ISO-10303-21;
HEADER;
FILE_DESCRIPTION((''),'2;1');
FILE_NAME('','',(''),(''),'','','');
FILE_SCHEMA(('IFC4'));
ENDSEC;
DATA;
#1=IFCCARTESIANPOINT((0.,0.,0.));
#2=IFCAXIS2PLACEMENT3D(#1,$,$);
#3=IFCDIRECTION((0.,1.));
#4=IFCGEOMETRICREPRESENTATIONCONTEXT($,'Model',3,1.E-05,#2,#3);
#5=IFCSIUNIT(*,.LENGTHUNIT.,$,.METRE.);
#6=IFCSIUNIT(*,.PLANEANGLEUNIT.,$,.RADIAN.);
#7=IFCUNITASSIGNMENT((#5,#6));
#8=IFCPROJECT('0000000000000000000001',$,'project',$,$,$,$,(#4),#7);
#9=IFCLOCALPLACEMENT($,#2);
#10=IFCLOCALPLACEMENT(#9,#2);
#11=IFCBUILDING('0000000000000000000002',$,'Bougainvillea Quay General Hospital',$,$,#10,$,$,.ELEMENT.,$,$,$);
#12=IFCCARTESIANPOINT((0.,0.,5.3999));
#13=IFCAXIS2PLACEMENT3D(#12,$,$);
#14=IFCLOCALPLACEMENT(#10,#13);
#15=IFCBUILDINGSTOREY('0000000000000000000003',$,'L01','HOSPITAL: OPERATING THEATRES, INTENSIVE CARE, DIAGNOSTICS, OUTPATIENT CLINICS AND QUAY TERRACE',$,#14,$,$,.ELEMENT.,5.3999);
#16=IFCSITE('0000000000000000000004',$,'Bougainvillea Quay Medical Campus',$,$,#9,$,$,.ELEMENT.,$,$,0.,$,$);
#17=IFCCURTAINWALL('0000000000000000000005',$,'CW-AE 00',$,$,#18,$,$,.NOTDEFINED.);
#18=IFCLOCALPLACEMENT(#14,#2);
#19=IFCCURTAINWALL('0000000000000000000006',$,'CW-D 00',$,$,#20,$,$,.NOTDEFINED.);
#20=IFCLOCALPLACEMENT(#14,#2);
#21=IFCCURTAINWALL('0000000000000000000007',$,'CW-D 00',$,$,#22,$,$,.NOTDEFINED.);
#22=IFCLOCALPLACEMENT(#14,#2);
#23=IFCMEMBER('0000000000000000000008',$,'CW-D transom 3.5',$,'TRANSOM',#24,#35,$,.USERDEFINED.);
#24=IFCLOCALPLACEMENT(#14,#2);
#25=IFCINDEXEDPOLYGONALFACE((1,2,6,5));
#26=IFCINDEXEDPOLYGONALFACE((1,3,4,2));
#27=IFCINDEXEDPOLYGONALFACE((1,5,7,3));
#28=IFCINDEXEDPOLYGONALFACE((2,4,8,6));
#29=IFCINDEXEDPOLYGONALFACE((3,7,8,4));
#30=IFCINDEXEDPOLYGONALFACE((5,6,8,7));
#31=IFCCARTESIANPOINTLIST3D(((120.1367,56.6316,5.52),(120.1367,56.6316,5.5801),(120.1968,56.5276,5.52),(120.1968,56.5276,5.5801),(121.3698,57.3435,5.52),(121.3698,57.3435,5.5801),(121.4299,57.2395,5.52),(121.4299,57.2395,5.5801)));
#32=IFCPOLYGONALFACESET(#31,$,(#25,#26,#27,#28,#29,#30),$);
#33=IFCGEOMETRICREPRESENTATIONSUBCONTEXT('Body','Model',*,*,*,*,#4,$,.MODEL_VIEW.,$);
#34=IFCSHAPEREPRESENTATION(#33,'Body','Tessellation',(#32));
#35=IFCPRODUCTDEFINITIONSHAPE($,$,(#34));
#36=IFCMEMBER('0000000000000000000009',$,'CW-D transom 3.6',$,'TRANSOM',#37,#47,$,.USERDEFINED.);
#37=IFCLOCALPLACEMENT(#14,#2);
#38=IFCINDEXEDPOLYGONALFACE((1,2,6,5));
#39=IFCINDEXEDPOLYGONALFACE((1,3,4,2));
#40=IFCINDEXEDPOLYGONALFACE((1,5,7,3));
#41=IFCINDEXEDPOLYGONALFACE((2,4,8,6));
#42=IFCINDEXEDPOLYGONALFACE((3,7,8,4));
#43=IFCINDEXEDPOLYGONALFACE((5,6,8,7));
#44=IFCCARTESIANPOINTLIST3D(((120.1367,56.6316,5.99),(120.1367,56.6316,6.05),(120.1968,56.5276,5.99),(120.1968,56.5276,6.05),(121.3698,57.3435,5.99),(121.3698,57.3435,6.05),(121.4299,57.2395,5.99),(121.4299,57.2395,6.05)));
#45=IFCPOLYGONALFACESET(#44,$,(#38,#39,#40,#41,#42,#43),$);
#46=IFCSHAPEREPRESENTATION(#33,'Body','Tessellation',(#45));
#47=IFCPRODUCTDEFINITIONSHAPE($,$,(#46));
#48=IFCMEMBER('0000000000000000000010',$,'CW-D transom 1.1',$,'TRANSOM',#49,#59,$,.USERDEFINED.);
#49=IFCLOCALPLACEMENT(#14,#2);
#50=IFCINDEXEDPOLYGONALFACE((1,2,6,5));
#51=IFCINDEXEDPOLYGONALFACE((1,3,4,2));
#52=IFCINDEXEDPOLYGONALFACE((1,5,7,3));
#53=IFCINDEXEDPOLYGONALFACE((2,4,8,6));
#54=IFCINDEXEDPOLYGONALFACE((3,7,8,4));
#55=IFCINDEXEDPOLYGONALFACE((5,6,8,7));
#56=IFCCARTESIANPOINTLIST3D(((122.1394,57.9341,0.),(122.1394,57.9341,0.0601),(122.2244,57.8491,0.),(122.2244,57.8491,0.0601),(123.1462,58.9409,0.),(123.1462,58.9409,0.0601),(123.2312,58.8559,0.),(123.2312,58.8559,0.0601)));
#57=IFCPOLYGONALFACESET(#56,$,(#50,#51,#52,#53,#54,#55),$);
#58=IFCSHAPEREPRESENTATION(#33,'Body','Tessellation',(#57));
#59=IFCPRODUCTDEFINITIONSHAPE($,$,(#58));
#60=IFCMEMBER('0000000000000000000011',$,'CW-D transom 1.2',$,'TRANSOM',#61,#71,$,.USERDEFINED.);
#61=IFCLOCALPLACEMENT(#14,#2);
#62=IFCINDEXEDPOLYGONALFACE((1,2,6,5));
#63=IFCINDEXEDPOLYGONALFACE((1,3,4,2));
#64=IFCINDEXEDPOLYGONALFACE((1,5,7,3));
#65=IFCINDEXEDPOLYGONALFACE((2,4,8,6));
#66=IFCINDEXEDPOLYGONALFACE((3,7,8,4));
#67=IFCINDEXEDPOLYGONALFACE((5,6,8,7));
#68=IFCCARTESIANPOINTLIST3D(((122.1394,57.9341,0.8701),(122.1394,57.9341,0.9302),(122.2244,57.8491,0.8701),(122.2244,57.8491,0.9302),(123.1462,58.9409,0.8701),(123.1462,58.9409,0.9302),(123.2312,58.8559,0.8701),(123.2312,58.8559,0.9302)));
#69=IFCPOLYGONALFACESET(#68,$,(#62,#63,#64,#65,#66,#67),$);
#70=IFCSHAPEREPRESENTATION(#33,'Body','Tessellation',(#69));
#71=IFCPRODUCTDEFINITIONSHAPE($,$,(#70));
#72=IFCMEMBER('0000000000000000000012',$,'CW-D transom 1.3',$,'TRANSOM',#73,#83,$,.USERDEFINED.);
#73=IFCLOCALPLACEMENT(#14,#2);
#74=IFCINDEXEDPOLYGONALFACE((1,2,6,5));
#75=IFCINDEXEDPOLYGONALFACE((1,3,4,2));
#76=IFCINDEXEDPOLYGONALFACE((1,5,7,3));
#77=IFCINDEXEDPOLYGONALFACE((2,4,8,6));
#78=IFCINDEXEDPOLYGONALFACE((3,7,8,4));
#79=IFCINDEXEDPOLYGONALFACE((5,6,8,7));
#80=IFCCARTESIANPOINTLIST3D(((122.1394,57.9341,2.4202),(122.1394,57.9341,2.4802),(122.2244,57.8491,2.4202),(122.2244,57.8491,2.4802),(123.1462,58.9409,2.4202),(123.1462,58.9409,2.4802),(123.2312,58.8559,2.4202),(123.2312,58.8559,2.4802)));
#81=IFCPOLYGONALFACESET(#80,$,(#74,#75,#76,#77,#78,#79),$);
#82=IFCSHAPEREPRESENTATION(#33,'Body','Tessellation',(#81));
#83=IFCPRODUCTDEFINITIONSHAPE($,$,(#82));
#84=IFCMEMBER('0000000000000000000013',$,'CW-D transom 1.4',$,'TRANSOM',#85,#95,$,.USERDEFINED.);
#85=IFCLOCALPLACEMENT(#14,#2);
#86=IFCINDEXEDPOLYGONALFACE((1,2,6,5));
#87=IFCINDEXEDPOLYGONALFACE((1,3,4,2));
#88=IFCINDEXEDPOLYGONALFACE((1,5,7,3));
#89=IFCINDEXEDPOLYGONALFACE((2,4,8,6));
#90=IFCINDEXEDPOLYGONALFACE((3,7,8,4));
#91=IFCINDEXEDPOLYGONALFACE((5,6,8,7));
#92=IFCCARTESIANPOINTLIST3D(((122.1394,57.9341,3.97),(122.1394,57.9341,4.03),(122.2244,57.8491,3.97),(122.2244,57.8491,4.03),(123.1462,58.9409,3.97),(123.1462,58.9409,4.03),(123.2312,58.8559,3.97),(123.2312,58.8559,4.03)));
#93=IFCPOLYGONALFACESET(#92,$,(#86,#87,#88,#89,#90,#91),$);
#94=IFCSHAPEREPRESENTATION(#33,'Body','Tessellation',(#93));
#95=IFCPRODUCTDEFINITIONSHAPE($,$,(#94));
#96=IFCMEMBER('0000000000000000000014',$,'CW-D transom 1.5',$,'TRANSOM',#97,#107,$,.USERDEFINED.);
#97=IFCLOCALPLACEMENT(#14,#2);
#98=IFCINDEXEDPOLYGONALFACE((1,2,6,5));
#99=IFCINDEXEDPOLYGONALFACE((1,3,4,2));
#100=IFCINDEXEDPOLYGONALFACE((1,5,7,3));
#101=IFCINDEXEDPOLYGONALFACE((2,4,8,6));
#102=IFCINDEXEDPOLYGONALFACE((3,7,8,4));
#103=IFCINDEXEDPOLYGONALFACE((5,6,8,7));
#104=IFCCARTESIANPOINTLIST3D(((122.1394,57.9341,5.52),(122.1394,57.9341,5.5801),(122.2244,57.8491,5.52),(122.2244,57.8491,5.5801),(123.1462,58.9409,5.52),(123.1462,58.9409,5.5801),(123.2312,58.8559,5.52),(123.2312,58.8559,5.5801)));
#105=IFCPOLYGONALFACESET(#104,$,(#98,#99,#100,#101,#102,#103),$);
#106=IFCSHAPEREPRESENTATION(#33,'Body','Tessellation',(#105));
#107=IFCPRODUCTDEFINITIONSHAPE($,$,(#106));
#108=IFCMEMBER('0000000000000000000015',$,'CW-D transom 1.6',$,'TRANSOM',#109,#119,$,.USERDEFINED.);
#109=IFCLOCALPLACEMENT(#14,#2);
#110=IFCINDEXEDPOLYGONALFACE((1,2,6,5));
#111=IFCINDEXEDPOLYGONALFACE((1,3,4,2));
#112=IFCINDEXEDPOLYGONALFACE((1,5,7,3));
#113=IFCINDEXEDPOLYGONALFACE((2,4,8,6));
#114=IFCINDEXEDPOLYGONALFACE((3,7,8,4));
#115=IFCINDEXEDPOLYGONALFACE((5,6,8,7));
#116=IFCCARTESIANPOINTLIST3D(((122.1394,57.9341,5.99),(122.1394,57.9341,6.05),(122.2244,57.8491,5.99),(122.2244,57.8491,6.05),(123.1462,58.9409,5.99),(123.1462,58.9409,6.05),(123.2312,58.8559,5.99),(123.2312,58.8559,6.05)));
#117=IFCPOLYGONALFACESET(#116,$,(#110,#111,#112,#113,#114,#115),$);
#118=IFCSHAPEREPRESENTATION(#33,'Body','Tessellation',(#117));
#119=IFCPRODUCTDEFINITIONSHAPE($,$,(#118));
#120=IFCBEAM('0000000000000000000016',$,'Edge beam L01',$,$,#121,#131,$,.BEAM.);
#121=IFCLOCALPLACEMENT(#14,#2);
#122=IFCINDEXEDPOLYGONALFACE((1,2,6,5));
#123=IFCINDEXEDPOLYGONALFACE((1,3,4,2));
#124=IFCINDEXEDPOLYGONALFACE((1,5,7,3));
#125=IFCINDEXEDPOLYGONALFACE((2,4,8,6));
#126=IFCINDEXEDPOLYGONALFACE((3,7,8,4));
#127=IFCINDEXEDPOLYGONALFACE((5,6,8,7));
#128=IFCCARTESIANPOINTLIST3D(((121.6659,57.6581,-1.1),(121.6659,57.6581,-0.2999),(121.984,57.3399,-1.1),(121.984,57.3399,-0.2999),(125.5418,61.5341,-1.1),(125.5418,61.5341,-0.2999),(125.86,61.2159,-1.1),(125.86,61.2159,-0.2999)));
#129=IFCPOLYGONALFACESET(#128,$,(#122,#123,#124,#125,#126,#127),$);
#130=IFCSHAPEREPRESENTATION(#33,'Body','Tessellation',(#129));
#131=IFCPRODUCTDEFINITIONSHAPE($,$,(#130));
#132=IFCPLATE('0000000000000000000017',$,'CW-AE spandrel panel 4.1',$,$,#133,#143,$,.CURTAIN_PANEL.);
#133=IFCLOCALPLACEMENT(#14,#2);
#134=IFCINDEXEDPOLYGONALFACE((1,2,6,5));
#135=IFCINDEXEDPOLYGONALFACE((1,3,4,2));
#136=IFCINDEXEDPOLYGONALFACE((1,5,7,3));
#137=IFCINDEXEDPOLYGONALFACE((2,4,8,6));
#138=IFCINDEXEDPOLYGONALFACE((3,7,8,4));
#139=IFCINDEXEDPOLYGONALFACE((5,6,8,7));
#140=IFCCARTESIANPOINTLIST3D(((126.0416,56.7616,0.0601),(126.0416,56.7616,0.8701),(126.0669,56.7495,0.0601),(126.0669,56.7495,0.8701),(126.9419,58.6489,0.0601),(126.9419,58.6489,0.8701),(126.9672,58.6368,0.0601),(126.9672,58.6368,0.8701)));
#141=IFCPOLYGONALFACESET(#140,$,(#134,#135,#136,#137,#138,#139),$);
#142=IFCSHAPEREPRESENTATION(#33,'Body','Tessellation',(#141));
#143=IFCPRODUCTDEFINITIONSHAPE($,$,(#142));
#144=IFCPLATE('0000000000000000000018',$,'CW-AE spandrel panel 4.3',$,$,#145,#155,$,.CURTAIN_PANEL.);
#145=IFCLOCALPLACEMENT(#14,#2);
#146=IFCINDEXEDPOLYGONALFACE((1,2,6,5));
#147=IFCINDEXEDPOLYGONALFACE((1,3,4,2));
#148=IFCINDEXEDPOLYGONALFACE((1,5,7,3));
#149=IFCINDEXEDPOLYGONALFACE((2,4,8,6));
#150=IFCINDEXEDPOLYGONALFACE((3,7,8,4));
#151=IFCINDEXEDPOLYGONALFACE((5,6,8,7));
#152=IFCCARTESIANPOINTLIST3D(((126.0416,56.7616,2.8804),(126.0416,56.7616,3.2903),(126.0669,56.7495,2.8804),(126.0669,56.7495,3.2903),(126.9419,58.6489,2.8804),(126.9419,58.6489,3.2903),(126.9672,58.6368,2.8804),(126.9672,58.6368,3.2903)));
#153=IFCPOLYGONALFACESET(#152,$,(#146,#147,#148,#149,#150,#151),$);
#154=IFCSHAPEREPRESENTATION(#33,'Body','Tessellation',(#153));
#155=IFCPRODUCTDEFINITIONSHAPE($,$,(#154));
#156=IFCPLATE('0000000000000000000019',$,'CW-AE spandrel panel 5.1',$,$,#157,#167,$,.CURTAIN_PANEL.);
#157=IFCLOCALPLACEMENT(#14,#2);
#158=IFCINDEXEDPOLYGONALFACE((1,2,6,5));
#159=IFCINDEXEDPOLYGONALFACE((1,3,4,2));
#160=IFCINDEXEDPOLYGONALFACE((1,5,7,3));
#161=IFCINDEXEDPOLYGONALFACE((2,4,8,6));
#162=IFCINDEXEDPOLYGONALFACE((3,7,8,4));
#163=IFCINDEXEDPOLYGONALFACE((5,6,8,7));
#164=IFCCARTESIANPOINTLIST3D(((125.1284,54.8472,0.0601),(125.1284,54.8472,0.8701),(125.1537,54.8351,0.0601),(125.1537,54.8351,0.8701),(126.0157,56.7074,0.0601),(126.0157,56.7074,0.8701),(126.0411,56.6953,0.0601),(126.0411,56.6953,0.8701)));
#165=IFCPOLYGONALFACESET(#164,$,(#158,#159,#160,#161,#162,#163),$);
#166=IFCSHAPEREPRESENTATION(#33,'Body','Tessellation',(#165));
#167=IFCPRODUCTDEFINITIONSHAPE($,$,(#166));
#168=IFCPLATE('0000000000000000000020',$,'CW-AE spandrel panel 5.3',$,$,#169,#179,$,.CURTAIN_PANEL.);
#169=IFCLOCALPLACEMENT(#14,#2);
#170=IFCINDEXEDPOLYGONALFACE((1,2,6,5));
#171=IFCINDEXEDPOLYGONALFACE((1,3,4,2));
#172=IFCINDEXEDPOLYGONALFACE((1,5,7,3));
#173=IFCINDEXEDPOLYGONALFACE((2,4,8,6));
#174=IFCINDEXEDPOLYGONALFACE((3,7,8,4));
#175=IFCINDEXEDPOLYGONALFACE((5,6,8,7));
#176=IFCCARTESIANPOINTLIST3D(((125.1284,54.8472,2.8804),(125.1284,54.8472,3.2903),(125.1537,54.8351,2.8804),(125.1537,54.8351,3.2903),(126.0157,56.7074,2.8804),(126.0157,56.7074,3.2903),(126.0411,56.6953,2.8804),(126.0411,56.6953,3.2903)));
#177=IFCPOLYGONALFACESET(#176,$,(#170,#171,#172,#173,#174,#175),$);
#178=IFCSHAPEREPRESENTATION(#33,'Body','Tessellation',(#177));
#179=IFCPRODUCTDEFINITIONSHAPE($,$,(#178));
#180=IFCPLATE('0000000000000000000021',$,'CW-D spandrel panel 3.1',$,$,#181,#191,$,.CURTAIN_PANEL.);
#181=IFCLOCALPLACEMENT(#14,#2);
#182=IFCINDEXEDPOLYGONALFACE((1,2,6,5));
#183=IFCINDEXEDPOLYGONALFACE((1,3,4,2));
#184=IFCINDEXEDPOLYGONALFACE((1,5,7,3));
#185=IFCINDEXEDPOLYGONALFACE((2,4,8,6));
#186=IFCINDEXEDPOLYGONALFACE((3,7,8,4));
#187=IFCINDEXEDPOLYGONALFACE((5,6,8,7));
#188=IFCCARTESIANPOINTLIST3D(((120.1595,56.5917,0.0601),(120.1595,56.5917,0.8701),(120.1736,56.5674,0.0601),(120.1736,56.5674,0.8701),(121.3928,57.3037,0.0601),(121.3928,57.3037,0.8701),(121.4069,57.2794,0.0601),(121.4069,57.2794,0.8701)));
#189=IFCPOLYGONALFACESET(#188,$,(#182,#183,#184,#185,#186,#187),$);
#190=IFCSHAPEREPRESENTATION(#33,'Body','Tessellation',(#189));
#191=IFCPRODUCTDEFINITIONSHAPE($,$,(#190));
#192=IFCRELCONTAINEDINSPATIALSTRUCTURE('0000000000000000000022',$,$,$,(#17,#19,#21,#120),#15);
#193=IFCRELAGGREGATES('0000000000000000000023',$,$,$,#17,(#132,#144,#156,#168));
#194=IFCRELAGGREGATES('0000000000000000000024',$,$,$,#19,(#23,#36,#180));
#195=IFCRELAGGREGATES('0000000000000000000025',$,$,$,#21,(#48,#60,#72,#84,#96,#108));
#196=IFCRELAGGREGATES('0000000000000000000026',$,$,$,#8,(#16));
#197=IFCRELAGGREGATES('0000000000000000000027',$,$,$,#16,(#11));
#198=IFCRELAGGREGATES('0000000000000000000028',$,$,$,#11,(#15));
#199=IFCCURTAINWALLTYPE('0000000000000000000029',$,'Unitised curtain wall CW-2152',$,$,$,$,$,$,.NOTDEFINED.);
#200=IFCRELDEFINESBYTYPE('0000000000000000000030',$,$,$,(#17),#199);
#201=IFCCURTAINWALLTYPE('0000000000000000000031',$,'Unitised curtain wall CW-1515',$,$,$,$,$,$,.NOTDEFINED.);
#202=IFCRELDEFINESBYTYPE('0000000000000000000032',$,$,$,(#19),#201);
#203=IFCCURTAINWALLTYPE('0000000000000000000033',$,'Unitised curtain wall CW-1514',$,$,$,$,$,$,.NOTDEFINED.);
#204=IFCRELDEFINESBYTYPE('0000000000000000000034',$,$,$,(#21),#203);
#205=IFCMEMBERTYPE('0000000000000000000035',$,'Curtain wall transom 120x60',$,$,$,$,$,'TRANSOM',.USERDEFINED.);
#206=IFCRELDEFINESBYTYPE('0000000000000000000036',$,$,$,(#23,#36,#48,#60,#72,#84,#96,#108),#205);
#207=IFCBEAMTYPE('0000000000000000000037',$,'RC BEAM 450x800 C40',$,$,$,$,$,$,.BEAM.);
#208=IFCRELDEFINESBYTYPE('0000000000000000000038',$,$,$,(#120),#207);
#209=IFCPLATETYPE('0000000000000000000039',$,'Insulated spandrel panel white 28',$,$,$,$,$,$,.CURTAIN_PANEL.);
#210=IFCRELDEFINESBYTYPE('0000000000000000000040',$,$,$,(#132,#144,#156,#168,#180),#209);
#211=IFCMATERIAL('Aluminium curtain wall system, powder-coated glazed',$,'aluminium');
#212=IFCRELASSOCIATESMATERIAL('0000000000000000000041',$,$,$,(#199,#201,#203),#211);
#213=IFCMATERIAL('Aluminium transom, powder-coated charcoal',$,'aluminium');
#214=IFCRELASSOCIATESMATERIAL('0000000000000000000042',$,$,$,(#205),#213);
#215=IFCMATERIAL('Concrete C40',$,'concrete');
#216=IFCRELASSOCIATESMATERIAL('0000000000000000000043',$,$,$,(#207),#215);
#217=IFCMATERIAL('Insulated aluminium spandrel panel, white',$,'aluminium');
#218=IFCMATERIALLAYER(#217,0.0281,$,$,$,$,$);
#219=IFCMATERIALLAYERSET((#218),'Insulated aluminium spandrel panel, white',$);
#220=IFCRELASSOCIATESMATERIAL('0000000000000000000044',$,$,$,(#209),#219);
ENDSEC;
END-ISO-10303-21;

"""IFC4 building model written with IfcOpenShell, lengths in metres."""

from ifc_helpers import new_model, si_unit, direction, frame, origin, origin_2d, place, context, subcontext, project, spatial, rectangle, extrude, material, layer, layer_set, material_profile, profile_set, type_object, element, aggregate, save


model = new_model("IFC4")

# Units and contexts
model_context = context("Model", 3, precision=1e-05, world=origin(), true_north=direction((0.0, 1.0)))
body_context = subcontext(model_context, "Body", "Model", "MODEL_VIEW")
ifc_project = project(units=[si_unit("LENGTHUNIT", "METRE"), si_unit("PLANEANGLEUNIT", "RADIAN")], contexts=[model_context])

# Site, building, storey
site_placement = place(None, origin())
site = spatial("IfcSite", under=ifc_project, at=site_placement, Name="Bougainvillea Quay Medical Campus", CompositionType="ELEMENT", RefElevation=0.0)
building_placement = place(site_placement, origin())
building = spatial("IfcBuilding", under=site, at=building_placement, Name="Bougainvillea Quay General Hospital", CompositionType="ELEMENT")
storey_placement = place(building_placement, frame((0.0, 0.0, 5.3999)))
storey = spatial("IfcBuildingStorey", under=building, at=storey_placement, Name="L01", Description="HOSPITAL: OPERATING THEATRES, INTENSIVE CARE, DIAGNOSTICS, OUTPATIENT CLINICS AND QUAY TERRACE", CompositionType="ELEMENT", Elevation=5.3999)

# Curtain wall
ifc_material_1 = material(Name="Aluminium curtain wall system, powder-coated glazed", Category="aluminium")
curtain_wall_type_1 = type_object("IfcCurtainWallType", Name="Unitised curtain wall CW-2152", PredefinedType="NOTDEFINED", material=ifc_material_1)
curtain_wall_1_placement = place(storey_placement, origin())
curtain_wall_1 = element("IfcCurtainWall", 1, at=curtain_wall_1_placement, inside=storey, type_object=curtain_wall_type_1, Name="CW-AE 00", PredefinedType="NOTDEFINED")

# Curtain walls
curtain_wall_type_2 = type_object("IfcCurtainWallType", Name="Unitised curtain wall CW-1515", PredefinedType="NOTDEFINED", material=ifc_material_1)
curtain_wall_2_placement = place(storey_placement, origin())
curtain_wall_2 = element("IfcCurtainWall", 2, at=curtain_wall_2_placement, inside=storey, type_object=curtain_wall_type_2, Name="CW-D 00", PredefinedType="NOTDEFINED")
curtain_wall_type_3 = type_object("IfcCurtainWallType", Name="Unitised curtain wall CW-1514", PredefinedType="NOTDEFINED", material=ifc_material_1)
curtain_wall_3_placement = place(storey_placement, origin())
curtain_wall_3 = element("IfcCurtainWall", 3, at=curtain_wall_3_placement, inside=storey, type_object=curtain_wall_type_3, Name="CW-D 00", PredefinedType="NOTDEFINED")

# Members
ifc_material_2 = material(Name="Aluminium transom, powder-coated charcoal", Category="aluminium")
ifc_material_profile_1 = material_profile(ifc_material_2, rectangle(XDim=0.1201, YDim=0.0601, at=origin_2d()))
ifc_profile_set_1 = profile_set([ifc_material_profile_1], Name="Aluminium transom, powder-coated charcoal")
member_type_1 = type_object("IfcMemberType", Name="Curtain wall transom 120x60", ElementType="TRANSOM", PredefinedType="USERDEFINED", material=ifc_profile_set_1)
member_1_placement = place(storey_placement, frame((120.1667, 56.5796, 5.55), z_axis=(0.86604, 0.499975, 0.0), x_axis=(-0.499975, 0.86604, 0.0)))
member_1 = element("IfcMember", 4, at=member_1_placement, type_object=member_type_1, Name="CW-D transom 3.5", ObjectType="TRANSOM", PredefinedType="USERDEFINED", context=body_context, shape_type="SweptSolid", body=[
    extrude(rectangle(XDim=0.1201, YDim=0.0601, at=origin_2d()), origin(), (0.0, 0.0, 1.0), 1.4238),
])
member_2_placement = place(storey_placement, frame((120.1667, 56.5796, 6.02), z_axis=(0.86604, 0.499975, 0.0), x_axis=(-0.499975, 0.86604, 0.0)))
member_2 = element("IfcMember", 5, at=member_2_placement, type_object=member_type_1, Name="CW-D transom 3.6", ObjectType="TRANSOM", PredefinedType="USERDEFINED", context=body_context, shape_type="SweptSolid", body=[
    extrude(rectangle(XDim=0.1201, YDim=0.0601, at=origin_2d()), origin(), (0.0, 0.0, 1.0), 1.4238),
])
member_3_placement = place(storey_placement, frame((122.1819, 57.8916, 0.03), z_axis=(0.707107, 0.707107, 0.0), x_axis=(-0.707107, 0.707107, 0.0)))
member_3 = element("IfcMember", 6, at=member_3_placement, type_object=member_type_1, Name="CW-D transom 1.1", ObjectType="TRANSOM", PredefinedType="USERDEFINED", context=body_context, shape_type="SweptSolid", body=[
    extrude(rectangle(XDim=0.1201, YDim=0.0601, at=origin_2d()), origin(), (0.0, 0.0, 1.0), 1.4238),
])
member_4_placement = place(storey_placement, frame((122.1819, 57.8916, 0.9001), z_axis=(0.707107, 0.707107, 0.0), x_axis=(-0.707107, 0.707107, 0.0)))
member_4 = element("IfcMember", 7, at=member_4_placement, type_object=member_type_1, Name="CW-D transom 1.2", ObjectType="TRANSOM", PredefinedType="USERDEFINED", context=body_context, shape_type="SweptSolid", body=[
    extrude(rectangle(XDim=0.1201, YDim=0.0601, at=origin_2d()), origin(), (0.0, 0.0, 1.0), 1.4238),
])
member_5_placement = place(storey_placement, frame((122.1819, 57.8916, 2.4502), z_axis=(0.707107, 0.707107, 0.0), x_axis=(-0.707107, 0.707107, 0.0)))
member_5 = element("IfcMember", 8, at=member_5_placement, type_object=member_type_1, Name="CW-D transom 1.3", ObjectType="TRANSOM", PredefinedType="USERDEFINED", context=body_context, shape_type="SweptSolid", body=[
    extrude(rectangle(XDim=0.1201, YDim=0.0601, at=origin_2d()), origin(), (0.0, 0.0, 1.0), 1.4238),
])
member_6_placement = place(storey_placement, frame((122.1819, 57.8916, 4.0), z_axis=(0.707107, 0.707107, 0.0), x_axis=(-0.707107, 0.707107, 0.0)))
member_6 = element("IfcMember", 9, at=member_6_placement, type_object=member_type_1, Name="CW-D transom 1.4", ObjectType="TRANSOM", PredefinedType="USERDEFINED", context=body_context, shape_type="SweptSolid", body=[
    extrude(rectangle(XDim=0.1201, YDim=0.0601, at=origin_2d()), origin(), (0.0, 0.0, 1.0), 1.4238),
])
member_7_placement = place(storey_placement, frame((122.1819, 57.8916, 5.55), z_axis=(0.707107, 0.707107, 0.0), x_axis=(-0.707107, 0.707107, 0.0)))
member_7 = element("IfcMember", 10, at=member_7_placement, type_object=member_type_1, Name="CW-D transom 1.5", ObjectType="TRANSOM", PredefinedType="USERDEFINED", context=body_context, shape_type="SweptSolid", body=[
    extrude(rectangle(XDim=0.1201, YDim=0.0601, at=origin_2d()), origin(), (0.0, 0.0, 1.0), 1.4238),
])
member_8_placement = place(storey_placement, frame((122.1819, 57.8916, 6.02), z_axis=(0.707107, 0.707107, 0.0), x_axis=(-0.707107, 0.707107, 0.0)))
member_8 = element("IfcMember", 11, at=member_8_placement, type_object=member_type_1, Name="CW-D transom 1.6", ObjectType="TRANSOM", PredefinedType="USERDEFINED", context=body_context, shape_type="SweptSolid", body=[
    extrude(rectangle(XDim=0.1201, YDim=0.0601, at=origin_2d()), origin(), (0.0, 0.0, 1.0), 1.4238),
])

# Beam
ifc_material_3 = material(Name="Concrete C40", Category="concrete")
ifc_material_profile_2 = material_profile(ifc_material_3, rectangle(XDim=0.45, YDim=0.8, at=origin_2d()))
ifc_profile_set_2 = profile_set([ifc_material_profile_2], Name="Concrete C40")
beam_type = type_object("IfcBeamType", Name="RC BEAM 450x800 C40", PredefinedType="BEAM", material=ifc_profile_set_2)
beam_placement = place(storey_placement, frame((121.825, 57.499, -0.7), z_axis=(0.707107, 0.707107, 0.0), x_axis=(-0.707107, 0.707107, 0.0)))
element("IfcBeam", 12, at=beam_placement, inside=storey, type_object=beam_type, Name="Edge beam L01", PredefinedType="BEAM", context=body_context, shape_type="SweptSolid", body=[
    extrude(rectangle(XDim=0.45, YDim=0.8, at=origin_2d()), origin(), (0.0, 0.0, 1.0), 5.4814),
])

# Plates
ifc_material_4 = material(Name="Insulated aluminium spandrel panel, white", Category="aluminium")
ifc_layer_1 = layer(ifc_material_4, 0.0281)
ifc_layer_set_1 = layer_set([ifc_layer_1], Name="Insulated aluminium spandrel panel, white")
plate_type_1 = type_object("IfcPlateType", Name="Insulated spandrel panel white 28", PredefinedType="CURTAIN_PANEL", material=ifc_layer_set_1)
plate_1_placement = place(storey_placement, frame((126.5044, 57.6992, 0.0601), z_axis=(0.0, 0.0, 1.0), x_axis=(-0.43053, -0.902576, 0.0)))
plate_1 = element("IfcPlate", 13, at=plate_1_placement, type_object=plate_type_1, Name="CW-AE spandrel panel 4.1", PredefinedType="CURTAIN_PANEL", context=body_context, shape_type="SweptSolid", body=[
    extrude(rectangle(XDim=2.0911, YDim=0.0281, at=origin_2d()), origin(), (0.0, 0.0, 1.0), 0.8101),
])
plate_2_placement = place(storey_placement, frame((126.5044, 57.6992, 2.8804), z_axis=(0.0, 0.0, 1.0), x_axis=(-0.43053, -0.902576, 0.0)))
plate_2 = element("IfcPlate", 14, at=plate_2_placement, type_object=plate_type_1, Name="CW-AE spandrel panel 4.3", PredefinedType="CURTAIN_PANEL", context=body_context, shape_type="SweptSolid", body=[
    extrude(rectangle(XDim=2.0911, YDim=0.0281, at=origin_2d()), origin(), (0.0, 0.0, 1.0), 0.4099),
])
plate_3_placement = place(storey_placement, frame((125.5847, 55.7712, 0.0601), z_axis=(0.0, 0.0, 1.0), x_axis=(-0.43053, -0.902576, 0.0)))
plate_3 = element("IfcPlate", 15, at=plate_3_placement, type_object=plate_type_1, Name="CW-AE spandrel panel 5.1", PredefinedType="CURTAIN_PANEL", context=body_context, shape_type="SweptSolid", body=[
    extrude(rectangle(XDim=2.061, YDim=0.0281, at=origin_2d()), origin(), (0.0, 0.0, 1.0), 0.8101),
])
plate_4_placement = place(storey_placement, frame((125.5847, 55.7712, 2.8804), z_axis=(0.0, 0.0, 1.0), x_axis=(-0.43053, -0.902576, 0.0)))
plate_4 = element("IfcPlate", 16, at=plate_4_placement, type_object=plate_type_1, Name="CW-AE spandrel panel 5.3", PredefinedType="CURTAIN_PANEL", context=body_context, shape_type="SweptSolid", body=[
    extrude(rectangle(XDim=2.061, YDim=0.0281, at=origin_2d()), origin(), (0.0, 0.0, 1.0), 0.4099),
])
plate_5_placement = place(storey_placement, frame((120.7832, 56.9355, 0.0601), z_axis=(0.0, 0.0, 1.0), x_axis=(0.866046, 0.499965, 0.0)))
plate_5 = element("IfcPlate", 17, at=plate_5_placement, type_object=plate_type_1, Name="CW-D spandrel panel 3.1", PredefinedType="CURTAIN_PANEL", context=body_context, shape_type="SweptSolid", body=[
    extrude(rectangle(XDim=1.4241, YDim=0.0281, at=origin_2d()), origin(), (0.0, 0.0, 1.0), 0.8101),
])
aggregate(curtain_wall_1, [plate_1, plate_2, plate_3, plate_4])
aggregate(curtain_wall_2, [member_1, member_2, plate_5])
aggregate(curtain_wall_3, [member_3, member_4, member_5, member_6, member_7, member_8])

save(model, "model.ifc")
